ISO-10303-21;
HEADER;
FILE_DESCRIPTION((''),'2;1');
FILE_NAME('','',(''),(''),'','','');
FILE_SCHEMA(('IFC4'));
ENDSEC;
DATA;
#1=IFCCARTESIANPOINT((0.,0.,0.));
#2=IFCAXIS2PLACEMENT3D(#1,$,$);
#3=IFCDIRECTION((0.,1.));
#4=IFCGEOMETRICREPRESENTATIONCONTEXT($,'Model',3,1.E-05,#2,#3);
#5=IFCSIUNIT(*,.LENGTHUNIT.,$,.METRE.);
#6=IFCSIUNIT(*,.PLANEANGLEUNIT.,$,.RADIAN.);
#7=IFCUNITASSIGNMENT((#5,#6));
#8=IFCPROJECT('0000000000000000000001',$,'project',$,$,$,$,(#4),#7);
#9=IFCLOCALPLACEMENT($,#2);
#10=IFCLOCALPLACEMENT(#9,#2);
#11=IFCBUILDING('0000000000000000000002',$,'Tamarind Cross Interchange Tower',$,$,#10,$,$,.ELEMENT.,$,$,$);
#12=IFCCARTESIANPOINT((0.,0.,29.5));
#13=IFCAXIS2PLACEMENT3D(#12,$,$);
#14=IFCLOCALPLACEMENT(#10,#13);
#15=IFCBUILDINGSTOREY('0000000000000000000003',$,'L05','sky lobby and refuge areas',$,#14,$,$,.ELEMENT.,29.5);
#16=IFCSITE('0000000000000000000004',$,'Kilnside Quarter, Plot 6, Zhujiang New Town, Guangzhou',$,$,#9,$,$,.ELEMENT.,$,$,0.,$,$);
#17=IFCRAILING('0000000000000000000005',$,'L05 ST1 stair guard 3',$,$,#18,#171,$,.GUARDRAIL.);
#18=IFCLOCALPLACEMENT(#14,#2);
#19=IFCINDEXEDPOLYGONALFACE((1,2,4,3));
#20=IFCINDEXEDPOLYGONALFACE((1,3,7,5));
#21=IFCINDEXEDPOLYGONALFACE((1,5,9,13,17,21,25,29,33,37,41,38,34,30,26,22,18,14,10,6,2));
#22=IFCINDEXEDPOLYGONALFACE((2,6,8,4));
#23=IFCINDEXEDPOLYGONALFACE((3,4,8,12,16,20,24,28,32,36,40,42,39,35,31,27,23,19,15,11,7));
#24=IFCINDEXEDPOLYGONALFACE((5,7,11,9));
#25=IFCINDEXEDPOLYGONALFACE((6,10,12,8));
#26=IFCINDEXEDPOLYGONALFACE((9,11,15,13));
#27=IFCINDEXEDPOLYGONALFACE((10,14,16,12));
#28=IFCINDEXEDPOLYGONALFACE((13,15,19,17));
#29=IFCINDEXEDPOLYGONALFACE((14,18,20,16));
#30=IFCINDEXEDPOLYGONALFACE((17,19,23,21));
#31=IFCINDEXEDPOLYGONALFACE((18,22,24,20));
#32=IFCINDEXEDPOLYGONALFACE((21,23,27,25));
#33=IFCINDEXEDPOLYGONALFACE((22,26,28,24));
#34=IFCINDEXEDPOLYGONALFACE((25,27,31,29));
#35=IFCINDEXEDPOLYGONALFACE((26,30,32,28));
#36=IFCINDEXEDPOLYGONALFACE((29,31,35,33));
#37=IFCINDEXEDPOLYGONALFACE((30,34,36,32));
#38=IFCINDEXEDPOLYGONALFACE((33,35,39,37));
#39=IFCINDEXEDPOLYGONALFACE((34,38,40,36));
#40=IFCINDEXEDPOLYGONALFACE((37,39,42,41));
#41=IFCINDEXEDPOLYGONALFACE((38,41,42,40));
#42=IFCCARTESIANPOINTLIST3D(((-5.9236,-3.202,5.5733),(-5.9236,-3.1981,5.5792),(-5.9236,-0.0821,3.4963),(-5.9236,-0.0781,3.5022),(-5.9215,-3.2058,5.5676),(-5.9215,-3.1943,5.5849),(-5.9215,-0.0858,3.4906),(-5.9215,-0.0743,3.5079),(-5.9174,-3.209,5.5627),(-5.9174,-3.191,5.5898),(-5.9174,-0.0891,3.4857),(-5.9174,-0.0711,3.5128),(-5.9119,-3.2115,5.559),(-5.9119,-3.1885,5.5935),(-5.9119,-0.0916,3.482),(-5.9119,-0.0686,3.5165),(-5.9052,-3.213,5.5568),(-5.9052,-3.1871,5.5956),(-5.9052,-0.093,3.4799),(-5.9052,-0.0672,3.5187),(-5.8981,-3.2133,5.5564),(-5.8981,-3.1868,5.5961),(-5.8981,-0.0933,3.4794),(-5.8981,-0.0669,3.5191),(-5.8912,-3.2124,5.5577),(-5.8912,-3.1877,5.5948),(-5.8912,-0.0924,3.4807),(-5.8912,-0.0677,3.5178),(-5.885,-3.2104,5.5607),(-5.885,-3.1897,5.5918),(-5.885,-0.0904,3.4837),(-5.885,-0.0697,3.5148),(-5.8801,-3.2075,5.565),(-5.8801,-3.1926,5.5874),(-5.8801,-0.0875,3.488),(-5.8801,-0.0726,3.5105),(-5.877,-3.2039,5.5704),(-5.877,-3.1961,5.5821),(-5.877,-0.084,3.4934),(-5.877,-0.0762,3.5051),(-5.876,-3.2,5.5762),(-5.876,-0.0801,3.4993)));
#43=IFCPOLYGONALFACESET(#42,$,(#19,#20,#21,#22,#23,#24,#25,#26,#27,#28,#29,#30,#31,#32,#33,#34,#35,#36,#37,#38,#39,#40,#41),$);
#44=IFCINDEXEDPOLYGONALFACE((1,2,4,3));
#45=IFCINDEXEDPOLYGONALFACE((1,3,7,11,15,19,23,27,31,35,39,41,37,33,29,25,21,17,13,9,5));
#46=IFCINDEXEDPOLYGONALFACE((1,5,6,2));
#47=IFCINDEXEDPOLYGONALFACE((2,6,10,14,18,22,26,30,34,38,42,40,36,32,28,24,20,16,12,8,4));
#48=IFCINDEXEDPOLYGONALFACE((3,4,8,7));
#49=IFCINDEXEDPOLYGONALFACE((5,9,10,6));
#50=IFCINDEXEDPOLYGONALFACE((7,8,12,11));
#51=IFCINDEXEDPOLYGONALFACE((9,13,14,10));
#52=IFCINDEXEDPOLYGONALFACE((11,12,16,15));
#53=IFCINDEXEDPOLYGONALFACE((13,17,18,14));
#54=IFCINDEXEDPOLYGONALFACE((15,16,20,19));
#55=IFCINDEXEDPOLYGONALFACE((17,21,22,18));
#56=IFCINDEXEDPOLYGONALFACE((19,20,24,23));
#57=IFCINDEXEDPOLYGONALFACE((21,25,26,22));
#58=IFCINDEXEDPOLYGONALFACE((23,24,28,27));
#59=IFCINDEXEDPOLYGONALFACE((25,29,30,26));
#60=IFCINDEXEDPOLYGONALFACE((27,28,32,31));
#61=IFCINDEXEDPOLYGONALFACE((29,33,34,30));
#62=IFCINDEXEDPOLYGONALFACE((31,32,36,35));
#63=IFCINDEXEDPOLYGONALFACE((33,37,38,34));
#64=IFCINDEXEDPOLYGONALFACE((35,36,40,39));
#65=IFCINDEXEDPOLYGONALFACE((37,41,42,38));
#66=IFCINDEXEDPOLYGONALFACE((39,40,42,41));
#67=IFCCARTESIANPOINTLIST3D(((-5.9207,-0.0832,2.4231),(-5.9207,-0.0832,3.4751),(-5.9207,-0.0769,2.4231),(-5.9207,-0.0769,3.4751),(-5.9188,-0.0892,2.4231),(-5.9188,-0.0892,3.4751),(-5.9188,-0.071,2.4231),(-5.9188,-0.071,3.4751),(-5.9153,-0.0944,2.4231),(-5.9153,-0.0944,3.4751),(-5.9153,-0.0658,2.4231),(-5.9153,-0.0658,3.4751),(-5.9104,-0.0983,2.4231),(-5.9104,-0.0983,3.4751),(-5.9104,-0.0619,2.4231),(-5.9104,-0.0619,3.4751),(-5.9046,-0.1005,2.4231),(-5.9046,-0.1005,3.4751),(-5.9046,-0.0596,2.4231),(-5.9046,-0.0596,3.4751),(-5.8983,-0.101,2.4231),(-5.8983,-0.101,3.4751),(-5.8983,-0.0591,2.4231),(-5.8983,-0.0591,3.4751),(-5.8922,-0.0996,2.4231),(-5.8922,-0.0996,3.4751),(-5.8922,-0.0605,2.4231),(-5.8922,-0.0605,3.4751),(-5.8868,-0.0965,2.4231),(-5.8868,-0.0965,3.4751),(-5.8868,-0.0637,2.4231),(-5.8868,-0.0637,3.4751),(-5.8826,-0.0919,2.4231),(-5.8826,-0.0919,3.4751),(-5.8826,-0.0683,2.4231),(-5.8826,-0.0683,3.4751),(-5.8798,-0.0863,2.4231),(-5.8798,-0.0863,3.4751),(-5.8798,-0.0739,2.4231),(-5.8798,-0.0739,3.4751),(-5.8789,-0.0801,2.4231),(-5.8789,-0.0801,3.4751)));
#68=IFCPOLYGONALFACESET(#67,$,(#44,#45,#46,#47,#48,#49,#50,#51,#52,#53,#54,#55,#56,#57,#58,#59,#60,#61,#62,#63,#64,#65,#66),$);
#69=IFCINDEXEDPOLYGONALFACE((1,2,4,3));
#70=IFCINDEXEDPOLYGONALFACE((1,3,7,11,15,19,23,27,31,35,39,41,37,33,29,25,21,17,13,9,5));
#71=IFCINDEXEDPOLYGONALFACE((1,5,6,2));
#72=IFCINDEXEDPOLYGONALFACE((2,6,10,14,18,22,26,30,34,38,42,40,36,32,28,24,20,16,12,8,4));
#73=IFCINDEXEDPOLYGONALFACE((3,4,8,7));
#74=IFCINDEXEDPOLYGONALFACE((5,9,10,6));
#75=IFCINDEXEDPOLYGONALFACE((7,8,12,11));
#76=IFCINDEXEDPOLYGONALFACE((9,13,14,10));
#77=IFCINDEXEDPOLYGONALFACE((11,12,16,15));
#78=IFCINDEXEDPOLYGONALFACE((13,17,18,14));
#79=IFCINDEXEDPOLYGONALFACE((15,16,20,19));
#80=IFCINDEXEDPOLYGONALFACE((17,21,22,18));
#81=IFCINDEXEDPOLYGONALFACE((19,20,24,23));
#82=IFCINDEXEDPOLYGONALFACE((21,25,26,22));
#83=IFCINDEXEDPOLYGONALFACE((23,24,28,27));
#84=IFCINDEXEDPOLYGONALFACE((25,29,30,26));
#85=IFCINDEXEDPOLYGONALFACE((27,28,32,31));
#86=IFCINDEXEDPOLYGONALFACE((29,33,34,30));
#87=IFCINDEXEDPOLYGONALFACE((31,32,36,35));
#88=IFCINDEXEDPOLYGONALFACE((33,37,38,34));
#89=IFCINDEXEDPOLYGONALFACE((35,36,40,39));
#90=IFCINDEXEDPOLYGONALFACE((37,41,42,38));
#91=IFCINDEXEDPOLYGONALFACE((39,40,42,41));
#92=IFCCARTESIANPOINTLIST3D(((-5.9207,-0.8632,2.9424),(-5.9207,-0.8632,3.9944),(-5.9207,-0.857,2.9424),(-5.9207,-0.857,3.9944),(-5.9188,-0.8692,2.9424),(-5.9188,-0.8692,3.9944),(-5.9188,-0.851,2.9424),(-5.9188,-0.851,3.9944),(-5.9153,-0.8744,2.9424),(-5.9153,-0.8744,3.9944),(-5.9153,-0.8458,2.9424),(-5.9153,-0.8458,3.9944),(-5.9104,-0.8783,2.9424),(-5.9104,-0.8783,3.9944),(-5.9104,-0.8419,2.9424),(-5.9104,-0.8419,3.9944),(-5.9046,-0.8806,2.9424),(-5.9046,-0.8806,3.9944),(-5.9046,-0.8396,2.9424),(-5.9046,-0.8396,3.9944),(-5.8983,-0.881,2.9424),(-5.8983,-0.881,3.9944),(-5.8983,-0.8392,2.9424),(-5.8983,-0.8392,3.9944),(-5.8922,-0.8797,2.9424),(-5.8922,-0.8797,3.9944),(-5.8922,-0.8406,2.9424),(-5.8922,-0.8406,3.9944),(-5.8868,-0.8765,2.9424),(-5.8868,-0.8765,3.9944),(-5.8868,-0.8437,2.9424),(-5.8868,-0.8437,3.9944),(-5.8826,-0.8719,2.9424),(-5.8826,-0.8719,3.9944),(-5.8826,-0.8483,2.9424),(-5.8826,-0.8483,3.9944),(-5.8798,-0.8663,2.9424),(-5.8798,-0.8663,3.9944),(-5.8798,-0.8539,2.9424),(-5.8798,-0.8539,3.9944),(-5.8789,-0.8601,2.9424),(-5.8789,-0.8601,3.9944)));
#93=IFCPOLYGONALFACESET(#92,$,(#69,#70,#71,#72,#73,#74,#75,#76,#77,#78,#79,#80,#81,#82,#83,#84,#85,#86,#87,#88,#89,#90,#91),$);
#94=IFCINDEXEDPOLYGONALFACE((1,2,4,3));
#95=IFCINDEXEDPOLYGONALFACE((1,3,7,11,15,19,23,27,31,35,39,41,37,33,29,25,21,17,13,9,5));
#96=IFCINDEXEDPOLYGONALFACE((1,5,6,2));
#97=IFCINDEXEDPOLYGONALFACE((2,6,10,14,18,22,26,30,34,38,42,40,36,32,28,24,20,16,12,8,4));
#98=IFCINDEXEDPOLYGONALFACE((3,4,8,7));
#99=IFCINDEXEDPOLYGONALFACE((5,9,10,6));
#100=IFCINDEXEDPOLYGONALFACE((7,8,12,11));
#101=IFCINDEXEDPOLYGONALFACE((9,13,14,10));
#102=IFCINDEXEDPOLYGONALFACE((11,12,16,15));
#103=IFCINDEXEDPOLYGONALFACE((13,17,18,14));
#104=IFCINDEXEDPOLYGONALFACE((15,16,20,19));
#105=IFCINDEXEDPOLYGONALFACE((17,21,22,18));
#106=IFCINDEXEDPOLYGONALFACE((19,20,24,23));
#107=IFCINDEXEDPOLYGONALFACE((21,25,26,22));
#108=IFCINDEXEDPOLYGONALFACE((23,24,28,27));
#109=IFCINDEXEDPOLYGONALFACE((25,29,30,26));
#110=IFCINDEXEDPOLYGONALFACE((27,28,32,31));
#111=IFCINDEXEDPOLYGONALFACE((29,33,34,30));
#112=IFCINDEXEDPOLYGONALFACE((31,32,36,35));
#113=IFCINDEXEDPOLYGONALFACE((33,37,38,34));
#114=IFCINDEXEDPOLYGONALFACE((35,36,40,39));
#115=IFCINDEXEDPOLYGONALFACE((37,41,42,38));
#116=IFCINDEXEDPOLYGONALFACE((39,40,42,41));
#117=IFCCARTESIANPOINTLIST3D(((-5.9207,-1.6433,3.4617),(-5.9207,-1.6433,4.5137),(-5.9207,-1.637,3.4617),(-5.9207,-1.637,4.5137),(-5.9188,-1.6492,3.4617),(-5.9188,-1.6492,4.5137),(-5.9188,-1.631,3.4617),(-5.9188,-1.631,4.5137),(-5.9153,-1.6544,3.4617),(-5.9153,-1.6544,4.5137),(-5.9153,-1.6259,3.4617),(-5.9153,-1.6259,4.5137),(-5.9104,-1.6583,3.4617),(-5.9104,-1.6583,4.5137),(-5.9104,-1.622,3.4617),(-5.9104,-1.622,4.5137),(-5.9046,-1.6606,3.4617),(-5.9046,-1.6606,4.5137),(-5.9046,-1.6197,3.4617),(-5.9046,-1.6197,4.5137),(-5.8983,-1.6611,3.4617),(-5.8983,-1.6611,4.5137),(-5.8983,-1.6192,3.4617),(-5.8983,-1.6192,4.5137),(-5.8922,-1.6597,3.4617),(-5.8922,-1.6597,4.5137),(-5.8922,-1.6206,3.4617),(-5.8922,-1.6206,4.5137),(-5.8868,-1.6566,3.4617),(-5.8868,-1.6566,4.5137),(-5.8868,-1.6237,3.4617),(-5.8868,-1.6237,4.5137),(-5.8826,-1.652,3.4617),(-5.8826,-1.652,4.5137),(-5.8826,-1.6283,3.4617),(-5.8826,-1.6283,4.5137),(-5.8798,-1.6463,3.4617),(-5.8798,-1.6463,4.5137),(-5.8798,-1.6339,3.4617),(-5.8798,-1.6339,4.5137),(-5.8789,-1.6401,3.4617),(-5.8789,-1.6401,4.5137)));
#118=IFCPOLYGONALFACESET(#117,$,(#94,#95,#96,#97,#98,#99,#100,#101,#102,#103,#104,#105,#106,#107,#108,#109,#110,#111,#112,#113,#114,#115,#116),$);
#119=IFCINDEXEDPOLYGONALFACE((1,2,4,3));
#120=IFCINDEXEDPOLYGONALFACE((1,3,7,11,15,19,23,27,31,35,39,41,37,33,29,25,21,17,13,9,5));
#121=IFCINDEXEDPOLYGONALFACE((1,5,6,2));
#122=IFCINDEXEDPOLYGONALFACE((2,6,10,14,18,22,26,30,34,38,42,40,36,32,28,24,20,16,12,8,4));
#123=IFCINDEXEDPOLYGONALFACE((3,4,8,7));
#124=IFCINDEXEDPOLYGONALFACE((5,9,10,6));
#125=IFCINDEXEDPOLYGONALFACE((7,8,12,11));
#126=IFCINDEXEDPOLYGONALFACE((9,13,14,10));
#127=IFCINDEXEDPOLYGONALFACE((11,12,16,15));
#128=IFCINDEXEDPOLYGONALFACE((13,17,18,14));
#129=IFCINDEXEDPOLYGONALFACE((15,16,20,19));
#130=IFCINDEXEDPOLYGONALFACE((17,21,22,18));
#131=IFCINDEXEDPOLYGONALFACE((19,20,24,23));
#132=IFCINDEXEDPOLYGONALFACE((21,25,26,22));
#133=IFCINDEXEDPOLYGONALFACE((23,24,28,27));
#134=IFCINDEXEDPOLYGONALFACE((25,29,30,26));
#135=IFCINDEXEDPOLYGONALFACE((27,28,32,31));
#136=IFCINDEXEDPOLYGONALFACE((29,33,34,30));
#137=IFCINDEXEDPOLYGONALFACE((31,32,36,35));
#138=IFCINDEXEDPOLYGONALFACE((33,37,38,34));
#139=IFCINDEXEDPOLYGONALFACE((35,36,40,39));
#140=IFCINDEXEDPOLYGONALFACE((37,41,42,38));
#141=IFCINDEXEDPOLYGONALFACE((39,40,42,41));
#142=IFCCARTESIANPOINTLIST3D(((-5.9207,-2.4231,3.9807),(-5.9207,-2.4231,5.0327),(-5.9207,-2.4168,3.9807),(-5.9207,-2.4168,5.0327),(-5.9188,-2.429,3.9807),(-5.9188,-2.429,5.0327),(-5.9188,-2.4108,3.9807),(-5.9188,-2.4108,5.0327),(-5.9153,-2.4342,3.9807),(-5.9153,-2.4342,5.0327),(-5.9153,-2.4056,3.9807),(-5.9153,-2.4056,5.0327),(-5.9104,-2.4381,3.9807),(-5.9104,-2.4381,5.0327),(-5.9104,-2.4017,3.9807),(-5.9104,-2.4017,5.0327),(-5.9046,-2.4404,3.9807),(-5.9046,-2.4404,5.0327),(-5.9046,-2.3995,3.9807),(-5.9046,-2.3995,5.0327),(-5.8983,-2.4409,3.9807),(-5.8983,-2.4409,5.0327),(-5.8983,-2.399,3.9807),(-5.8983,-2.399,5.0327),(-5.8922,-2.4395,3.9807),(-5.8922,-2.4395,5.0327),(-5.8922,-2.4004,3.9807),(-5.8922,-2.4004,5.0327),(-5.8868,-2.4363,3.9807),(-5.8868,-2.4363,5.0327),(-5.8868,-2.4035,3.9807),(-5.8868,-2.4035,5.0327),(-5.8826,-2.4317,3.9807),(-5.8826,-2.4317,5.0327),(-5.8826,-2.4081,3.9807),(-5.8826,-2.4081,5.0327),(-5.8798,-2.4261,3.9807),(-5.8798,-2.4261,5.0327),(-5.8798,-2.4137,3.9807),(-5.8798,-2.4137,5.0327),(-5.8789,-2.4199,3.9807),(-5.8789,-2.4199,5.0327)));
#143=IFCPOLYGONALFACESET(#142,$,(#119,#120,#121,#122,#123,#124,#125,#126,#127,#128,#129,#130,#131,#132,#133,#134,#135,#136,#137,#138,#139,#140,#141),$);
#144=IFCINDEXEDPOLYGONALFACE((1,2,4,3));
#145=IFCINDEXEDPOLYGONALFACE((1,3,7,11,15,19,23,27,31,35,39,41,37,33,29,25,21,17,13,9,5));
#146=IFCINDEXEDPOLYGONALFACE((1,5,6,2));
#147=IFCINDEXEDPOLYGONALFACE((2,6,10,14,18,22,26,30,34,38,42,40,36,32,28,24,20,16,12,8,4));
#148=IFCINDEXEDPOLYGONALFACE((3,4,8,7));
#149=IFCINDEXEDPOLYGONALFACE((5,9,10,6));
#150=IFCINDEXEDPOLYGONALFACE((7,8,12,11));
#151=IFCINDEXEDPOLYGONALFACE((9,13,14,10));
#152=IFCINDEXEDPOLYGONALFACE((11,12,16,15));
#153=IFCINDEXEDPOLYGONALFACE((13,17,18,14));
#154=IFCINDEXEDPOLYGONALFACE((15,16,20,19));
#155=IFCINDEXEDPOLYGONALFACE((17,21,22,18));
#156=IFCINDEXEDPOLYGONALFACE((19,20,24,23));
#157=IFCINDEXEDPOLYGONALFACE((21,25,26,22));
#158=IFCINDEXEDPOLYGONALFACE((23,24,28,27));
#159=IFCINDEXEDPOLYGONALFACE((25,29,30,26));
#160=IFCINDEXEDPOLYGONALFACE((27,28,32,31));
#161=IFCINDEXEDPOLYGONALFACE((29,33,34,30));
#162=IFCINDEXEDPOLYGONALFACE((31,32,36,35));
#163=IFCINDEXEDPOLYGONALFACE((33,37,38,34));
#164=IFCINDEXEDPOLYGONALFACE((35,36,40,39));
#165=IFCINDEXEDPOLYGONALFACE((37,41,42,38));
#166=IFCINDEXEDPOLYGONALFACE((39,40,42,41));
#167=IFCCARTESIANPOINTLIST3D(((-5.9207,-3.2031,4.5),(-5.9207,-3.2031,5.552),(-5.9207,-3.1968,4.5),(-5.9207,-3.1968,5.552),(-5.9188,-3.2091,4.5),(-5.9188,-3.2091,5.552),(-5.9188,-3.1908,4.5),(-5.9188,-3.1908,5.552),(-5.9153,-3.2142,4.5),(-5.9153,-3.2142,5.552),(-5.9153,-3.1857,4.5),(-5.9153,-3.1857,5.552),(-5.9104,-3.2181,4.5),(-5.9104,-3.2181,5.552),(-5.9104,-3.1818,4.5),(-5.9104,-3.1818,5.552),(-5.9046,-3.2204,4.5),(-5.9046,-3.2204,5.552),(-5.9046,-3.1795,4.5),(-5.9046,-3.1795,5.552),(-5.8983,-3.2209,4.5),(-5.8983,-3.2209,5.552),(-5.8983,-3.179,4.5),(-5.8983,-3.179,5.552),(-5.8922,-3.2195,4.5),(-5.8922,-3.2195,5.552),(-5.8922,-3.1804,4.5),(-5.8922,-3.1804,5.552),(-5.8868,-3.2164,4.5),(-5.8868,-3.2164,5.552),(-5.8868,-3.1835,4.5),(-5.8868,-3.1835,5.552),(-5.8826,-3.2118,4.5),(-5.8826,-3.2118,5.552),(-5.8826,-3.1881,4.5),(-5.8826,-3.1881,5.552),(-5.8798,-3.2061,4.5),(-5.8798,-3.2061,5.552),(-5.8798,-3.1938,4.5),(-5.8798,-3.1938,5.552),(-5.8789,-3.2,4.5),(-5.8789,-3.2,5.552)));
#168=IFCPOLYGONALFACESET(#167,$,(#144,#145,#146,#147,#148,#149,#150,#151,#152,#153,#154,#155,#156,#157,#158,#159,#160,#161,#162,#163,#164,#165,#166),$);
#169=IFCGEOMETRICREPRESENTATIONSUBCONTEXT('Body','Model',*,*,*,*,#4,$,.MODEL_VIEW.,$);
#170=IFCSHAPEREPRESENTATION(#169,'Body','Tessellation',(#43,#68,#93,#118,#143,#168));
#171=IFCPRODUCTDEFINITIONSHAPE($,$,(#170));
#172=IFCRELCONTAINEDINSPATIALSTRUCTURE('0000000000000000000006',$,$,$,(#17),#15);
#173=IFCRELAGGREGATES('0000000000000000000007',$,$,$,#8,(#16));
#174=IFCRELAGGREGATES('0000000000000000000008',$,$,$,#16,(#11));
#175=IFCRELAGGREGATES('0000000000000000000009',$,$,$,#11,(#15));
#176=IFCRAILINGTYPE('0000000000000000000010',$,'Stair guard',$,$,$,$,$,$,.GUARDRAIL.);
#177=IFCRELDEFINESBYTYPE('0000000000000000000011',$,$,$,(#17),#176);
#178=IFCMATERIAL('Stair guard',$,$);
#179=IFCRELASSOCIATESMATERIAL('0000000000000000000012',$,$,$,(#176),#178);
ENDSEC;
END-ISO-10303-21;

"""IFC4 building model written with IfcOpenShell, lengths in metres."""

from ifc_helpers import new_model, si_unit, direction, frame, origin, origin_2d, place, context, subcontext, project, spatial, circle, extrude, material, type_object, element, save


model = new_model("IFC4")

# Units and contexts
model_context = context("Model", 3, precision=1e-05, world=origin(), true_north=direction((0.0, 1.0)))
body_context = subcontext(model_context, "Body", "Model", "MODEL_VIEW")
ifc_project = project(units=[si_unit("LENGTHUNIT", "METRE"), si_unit("PLANEANGLEUNIT", "RADIAN")], contexts=[model_context])

# Site, building, storey
site_placement = place(None, origin())
site = spatial("IfcSite", under=ifc_project, at=site_placement, Name="Kilnside Quarter, Plot 6, Zhujiang New Town, Guangzhou", CompositionType="ELEMENT", RefElevation=0.0)
building_placement = place(site_placement, origin())
building = spatial("IfcBuilding", under=site, at=building_placement, Name="Tamarind Cross Interchange Tower", CompositionType="ELEMENT")
storey_placement = place(building_placement, frame((0.0, 0.0, 29.5)))
storey = spatial("IfcBuildingStorey", under=building, at=storey_placement, Name="L05", Description="sky lobby and refuge areas", CompositionType="ELEMENT", Elevation=29.5)

# Railing
ifc_material_1 = material(Name="Stair guard")
railing_type_1 = type_object("IfcRailingType", Name="Stair guard", PredefinedType="GUARDRAIL", material=ifc_material_1)
railing_1_placement = place(storey_placement, frame((-5.8999, -0.0801, 2.4231)))
element("IfcRailing", 1, at=railing_1_placement, inside=storey, type_object=railing_type_1, Name="L05 ST1 stair guard 3", PredefinedType="GUARDRAIL", context=body_context, shape_type="SweptSolid", body=[
    extrude(circle(Radius=0.0239, at=origin_2d()), frame((0.0, 0.0, 1.0762), z_axis=(0.0, -0.832421, 0.554144), x_axis=(1.0, 0.0, 0.0)), (0.0, 0.0, 1.0), 3.748),
    extrude(circle(Radius=0.021, at=origin_2d()), origin(), (0.0, 0.0, 1.0), 1.052),
    extrude(circle(Radius=0.021, at=origin_2d()), frame((0.0, -0.78, 0.5193)), (0.0, 0.0, 1.0), 1.052),
    extrude(circle(Radius=0.021, at=origin_2d()), frame((0.0, -1.5601, 1.0386)), (0.0, 0.0, 1.0), 1.052),
    extrude(circle(Radius=0.021, at=origin_2d()), frame((0.0, -2.3398, 1.5576)), (0.0, 0.0, 1.0), 1.052),
    extrude(circle(Radius=0.021, at=origin_2d()), frame((0.0, -3.1199, 2.0769)), (0.0, 0.0, 1.0), 1.052),
])

save(model, "model.ifc")
